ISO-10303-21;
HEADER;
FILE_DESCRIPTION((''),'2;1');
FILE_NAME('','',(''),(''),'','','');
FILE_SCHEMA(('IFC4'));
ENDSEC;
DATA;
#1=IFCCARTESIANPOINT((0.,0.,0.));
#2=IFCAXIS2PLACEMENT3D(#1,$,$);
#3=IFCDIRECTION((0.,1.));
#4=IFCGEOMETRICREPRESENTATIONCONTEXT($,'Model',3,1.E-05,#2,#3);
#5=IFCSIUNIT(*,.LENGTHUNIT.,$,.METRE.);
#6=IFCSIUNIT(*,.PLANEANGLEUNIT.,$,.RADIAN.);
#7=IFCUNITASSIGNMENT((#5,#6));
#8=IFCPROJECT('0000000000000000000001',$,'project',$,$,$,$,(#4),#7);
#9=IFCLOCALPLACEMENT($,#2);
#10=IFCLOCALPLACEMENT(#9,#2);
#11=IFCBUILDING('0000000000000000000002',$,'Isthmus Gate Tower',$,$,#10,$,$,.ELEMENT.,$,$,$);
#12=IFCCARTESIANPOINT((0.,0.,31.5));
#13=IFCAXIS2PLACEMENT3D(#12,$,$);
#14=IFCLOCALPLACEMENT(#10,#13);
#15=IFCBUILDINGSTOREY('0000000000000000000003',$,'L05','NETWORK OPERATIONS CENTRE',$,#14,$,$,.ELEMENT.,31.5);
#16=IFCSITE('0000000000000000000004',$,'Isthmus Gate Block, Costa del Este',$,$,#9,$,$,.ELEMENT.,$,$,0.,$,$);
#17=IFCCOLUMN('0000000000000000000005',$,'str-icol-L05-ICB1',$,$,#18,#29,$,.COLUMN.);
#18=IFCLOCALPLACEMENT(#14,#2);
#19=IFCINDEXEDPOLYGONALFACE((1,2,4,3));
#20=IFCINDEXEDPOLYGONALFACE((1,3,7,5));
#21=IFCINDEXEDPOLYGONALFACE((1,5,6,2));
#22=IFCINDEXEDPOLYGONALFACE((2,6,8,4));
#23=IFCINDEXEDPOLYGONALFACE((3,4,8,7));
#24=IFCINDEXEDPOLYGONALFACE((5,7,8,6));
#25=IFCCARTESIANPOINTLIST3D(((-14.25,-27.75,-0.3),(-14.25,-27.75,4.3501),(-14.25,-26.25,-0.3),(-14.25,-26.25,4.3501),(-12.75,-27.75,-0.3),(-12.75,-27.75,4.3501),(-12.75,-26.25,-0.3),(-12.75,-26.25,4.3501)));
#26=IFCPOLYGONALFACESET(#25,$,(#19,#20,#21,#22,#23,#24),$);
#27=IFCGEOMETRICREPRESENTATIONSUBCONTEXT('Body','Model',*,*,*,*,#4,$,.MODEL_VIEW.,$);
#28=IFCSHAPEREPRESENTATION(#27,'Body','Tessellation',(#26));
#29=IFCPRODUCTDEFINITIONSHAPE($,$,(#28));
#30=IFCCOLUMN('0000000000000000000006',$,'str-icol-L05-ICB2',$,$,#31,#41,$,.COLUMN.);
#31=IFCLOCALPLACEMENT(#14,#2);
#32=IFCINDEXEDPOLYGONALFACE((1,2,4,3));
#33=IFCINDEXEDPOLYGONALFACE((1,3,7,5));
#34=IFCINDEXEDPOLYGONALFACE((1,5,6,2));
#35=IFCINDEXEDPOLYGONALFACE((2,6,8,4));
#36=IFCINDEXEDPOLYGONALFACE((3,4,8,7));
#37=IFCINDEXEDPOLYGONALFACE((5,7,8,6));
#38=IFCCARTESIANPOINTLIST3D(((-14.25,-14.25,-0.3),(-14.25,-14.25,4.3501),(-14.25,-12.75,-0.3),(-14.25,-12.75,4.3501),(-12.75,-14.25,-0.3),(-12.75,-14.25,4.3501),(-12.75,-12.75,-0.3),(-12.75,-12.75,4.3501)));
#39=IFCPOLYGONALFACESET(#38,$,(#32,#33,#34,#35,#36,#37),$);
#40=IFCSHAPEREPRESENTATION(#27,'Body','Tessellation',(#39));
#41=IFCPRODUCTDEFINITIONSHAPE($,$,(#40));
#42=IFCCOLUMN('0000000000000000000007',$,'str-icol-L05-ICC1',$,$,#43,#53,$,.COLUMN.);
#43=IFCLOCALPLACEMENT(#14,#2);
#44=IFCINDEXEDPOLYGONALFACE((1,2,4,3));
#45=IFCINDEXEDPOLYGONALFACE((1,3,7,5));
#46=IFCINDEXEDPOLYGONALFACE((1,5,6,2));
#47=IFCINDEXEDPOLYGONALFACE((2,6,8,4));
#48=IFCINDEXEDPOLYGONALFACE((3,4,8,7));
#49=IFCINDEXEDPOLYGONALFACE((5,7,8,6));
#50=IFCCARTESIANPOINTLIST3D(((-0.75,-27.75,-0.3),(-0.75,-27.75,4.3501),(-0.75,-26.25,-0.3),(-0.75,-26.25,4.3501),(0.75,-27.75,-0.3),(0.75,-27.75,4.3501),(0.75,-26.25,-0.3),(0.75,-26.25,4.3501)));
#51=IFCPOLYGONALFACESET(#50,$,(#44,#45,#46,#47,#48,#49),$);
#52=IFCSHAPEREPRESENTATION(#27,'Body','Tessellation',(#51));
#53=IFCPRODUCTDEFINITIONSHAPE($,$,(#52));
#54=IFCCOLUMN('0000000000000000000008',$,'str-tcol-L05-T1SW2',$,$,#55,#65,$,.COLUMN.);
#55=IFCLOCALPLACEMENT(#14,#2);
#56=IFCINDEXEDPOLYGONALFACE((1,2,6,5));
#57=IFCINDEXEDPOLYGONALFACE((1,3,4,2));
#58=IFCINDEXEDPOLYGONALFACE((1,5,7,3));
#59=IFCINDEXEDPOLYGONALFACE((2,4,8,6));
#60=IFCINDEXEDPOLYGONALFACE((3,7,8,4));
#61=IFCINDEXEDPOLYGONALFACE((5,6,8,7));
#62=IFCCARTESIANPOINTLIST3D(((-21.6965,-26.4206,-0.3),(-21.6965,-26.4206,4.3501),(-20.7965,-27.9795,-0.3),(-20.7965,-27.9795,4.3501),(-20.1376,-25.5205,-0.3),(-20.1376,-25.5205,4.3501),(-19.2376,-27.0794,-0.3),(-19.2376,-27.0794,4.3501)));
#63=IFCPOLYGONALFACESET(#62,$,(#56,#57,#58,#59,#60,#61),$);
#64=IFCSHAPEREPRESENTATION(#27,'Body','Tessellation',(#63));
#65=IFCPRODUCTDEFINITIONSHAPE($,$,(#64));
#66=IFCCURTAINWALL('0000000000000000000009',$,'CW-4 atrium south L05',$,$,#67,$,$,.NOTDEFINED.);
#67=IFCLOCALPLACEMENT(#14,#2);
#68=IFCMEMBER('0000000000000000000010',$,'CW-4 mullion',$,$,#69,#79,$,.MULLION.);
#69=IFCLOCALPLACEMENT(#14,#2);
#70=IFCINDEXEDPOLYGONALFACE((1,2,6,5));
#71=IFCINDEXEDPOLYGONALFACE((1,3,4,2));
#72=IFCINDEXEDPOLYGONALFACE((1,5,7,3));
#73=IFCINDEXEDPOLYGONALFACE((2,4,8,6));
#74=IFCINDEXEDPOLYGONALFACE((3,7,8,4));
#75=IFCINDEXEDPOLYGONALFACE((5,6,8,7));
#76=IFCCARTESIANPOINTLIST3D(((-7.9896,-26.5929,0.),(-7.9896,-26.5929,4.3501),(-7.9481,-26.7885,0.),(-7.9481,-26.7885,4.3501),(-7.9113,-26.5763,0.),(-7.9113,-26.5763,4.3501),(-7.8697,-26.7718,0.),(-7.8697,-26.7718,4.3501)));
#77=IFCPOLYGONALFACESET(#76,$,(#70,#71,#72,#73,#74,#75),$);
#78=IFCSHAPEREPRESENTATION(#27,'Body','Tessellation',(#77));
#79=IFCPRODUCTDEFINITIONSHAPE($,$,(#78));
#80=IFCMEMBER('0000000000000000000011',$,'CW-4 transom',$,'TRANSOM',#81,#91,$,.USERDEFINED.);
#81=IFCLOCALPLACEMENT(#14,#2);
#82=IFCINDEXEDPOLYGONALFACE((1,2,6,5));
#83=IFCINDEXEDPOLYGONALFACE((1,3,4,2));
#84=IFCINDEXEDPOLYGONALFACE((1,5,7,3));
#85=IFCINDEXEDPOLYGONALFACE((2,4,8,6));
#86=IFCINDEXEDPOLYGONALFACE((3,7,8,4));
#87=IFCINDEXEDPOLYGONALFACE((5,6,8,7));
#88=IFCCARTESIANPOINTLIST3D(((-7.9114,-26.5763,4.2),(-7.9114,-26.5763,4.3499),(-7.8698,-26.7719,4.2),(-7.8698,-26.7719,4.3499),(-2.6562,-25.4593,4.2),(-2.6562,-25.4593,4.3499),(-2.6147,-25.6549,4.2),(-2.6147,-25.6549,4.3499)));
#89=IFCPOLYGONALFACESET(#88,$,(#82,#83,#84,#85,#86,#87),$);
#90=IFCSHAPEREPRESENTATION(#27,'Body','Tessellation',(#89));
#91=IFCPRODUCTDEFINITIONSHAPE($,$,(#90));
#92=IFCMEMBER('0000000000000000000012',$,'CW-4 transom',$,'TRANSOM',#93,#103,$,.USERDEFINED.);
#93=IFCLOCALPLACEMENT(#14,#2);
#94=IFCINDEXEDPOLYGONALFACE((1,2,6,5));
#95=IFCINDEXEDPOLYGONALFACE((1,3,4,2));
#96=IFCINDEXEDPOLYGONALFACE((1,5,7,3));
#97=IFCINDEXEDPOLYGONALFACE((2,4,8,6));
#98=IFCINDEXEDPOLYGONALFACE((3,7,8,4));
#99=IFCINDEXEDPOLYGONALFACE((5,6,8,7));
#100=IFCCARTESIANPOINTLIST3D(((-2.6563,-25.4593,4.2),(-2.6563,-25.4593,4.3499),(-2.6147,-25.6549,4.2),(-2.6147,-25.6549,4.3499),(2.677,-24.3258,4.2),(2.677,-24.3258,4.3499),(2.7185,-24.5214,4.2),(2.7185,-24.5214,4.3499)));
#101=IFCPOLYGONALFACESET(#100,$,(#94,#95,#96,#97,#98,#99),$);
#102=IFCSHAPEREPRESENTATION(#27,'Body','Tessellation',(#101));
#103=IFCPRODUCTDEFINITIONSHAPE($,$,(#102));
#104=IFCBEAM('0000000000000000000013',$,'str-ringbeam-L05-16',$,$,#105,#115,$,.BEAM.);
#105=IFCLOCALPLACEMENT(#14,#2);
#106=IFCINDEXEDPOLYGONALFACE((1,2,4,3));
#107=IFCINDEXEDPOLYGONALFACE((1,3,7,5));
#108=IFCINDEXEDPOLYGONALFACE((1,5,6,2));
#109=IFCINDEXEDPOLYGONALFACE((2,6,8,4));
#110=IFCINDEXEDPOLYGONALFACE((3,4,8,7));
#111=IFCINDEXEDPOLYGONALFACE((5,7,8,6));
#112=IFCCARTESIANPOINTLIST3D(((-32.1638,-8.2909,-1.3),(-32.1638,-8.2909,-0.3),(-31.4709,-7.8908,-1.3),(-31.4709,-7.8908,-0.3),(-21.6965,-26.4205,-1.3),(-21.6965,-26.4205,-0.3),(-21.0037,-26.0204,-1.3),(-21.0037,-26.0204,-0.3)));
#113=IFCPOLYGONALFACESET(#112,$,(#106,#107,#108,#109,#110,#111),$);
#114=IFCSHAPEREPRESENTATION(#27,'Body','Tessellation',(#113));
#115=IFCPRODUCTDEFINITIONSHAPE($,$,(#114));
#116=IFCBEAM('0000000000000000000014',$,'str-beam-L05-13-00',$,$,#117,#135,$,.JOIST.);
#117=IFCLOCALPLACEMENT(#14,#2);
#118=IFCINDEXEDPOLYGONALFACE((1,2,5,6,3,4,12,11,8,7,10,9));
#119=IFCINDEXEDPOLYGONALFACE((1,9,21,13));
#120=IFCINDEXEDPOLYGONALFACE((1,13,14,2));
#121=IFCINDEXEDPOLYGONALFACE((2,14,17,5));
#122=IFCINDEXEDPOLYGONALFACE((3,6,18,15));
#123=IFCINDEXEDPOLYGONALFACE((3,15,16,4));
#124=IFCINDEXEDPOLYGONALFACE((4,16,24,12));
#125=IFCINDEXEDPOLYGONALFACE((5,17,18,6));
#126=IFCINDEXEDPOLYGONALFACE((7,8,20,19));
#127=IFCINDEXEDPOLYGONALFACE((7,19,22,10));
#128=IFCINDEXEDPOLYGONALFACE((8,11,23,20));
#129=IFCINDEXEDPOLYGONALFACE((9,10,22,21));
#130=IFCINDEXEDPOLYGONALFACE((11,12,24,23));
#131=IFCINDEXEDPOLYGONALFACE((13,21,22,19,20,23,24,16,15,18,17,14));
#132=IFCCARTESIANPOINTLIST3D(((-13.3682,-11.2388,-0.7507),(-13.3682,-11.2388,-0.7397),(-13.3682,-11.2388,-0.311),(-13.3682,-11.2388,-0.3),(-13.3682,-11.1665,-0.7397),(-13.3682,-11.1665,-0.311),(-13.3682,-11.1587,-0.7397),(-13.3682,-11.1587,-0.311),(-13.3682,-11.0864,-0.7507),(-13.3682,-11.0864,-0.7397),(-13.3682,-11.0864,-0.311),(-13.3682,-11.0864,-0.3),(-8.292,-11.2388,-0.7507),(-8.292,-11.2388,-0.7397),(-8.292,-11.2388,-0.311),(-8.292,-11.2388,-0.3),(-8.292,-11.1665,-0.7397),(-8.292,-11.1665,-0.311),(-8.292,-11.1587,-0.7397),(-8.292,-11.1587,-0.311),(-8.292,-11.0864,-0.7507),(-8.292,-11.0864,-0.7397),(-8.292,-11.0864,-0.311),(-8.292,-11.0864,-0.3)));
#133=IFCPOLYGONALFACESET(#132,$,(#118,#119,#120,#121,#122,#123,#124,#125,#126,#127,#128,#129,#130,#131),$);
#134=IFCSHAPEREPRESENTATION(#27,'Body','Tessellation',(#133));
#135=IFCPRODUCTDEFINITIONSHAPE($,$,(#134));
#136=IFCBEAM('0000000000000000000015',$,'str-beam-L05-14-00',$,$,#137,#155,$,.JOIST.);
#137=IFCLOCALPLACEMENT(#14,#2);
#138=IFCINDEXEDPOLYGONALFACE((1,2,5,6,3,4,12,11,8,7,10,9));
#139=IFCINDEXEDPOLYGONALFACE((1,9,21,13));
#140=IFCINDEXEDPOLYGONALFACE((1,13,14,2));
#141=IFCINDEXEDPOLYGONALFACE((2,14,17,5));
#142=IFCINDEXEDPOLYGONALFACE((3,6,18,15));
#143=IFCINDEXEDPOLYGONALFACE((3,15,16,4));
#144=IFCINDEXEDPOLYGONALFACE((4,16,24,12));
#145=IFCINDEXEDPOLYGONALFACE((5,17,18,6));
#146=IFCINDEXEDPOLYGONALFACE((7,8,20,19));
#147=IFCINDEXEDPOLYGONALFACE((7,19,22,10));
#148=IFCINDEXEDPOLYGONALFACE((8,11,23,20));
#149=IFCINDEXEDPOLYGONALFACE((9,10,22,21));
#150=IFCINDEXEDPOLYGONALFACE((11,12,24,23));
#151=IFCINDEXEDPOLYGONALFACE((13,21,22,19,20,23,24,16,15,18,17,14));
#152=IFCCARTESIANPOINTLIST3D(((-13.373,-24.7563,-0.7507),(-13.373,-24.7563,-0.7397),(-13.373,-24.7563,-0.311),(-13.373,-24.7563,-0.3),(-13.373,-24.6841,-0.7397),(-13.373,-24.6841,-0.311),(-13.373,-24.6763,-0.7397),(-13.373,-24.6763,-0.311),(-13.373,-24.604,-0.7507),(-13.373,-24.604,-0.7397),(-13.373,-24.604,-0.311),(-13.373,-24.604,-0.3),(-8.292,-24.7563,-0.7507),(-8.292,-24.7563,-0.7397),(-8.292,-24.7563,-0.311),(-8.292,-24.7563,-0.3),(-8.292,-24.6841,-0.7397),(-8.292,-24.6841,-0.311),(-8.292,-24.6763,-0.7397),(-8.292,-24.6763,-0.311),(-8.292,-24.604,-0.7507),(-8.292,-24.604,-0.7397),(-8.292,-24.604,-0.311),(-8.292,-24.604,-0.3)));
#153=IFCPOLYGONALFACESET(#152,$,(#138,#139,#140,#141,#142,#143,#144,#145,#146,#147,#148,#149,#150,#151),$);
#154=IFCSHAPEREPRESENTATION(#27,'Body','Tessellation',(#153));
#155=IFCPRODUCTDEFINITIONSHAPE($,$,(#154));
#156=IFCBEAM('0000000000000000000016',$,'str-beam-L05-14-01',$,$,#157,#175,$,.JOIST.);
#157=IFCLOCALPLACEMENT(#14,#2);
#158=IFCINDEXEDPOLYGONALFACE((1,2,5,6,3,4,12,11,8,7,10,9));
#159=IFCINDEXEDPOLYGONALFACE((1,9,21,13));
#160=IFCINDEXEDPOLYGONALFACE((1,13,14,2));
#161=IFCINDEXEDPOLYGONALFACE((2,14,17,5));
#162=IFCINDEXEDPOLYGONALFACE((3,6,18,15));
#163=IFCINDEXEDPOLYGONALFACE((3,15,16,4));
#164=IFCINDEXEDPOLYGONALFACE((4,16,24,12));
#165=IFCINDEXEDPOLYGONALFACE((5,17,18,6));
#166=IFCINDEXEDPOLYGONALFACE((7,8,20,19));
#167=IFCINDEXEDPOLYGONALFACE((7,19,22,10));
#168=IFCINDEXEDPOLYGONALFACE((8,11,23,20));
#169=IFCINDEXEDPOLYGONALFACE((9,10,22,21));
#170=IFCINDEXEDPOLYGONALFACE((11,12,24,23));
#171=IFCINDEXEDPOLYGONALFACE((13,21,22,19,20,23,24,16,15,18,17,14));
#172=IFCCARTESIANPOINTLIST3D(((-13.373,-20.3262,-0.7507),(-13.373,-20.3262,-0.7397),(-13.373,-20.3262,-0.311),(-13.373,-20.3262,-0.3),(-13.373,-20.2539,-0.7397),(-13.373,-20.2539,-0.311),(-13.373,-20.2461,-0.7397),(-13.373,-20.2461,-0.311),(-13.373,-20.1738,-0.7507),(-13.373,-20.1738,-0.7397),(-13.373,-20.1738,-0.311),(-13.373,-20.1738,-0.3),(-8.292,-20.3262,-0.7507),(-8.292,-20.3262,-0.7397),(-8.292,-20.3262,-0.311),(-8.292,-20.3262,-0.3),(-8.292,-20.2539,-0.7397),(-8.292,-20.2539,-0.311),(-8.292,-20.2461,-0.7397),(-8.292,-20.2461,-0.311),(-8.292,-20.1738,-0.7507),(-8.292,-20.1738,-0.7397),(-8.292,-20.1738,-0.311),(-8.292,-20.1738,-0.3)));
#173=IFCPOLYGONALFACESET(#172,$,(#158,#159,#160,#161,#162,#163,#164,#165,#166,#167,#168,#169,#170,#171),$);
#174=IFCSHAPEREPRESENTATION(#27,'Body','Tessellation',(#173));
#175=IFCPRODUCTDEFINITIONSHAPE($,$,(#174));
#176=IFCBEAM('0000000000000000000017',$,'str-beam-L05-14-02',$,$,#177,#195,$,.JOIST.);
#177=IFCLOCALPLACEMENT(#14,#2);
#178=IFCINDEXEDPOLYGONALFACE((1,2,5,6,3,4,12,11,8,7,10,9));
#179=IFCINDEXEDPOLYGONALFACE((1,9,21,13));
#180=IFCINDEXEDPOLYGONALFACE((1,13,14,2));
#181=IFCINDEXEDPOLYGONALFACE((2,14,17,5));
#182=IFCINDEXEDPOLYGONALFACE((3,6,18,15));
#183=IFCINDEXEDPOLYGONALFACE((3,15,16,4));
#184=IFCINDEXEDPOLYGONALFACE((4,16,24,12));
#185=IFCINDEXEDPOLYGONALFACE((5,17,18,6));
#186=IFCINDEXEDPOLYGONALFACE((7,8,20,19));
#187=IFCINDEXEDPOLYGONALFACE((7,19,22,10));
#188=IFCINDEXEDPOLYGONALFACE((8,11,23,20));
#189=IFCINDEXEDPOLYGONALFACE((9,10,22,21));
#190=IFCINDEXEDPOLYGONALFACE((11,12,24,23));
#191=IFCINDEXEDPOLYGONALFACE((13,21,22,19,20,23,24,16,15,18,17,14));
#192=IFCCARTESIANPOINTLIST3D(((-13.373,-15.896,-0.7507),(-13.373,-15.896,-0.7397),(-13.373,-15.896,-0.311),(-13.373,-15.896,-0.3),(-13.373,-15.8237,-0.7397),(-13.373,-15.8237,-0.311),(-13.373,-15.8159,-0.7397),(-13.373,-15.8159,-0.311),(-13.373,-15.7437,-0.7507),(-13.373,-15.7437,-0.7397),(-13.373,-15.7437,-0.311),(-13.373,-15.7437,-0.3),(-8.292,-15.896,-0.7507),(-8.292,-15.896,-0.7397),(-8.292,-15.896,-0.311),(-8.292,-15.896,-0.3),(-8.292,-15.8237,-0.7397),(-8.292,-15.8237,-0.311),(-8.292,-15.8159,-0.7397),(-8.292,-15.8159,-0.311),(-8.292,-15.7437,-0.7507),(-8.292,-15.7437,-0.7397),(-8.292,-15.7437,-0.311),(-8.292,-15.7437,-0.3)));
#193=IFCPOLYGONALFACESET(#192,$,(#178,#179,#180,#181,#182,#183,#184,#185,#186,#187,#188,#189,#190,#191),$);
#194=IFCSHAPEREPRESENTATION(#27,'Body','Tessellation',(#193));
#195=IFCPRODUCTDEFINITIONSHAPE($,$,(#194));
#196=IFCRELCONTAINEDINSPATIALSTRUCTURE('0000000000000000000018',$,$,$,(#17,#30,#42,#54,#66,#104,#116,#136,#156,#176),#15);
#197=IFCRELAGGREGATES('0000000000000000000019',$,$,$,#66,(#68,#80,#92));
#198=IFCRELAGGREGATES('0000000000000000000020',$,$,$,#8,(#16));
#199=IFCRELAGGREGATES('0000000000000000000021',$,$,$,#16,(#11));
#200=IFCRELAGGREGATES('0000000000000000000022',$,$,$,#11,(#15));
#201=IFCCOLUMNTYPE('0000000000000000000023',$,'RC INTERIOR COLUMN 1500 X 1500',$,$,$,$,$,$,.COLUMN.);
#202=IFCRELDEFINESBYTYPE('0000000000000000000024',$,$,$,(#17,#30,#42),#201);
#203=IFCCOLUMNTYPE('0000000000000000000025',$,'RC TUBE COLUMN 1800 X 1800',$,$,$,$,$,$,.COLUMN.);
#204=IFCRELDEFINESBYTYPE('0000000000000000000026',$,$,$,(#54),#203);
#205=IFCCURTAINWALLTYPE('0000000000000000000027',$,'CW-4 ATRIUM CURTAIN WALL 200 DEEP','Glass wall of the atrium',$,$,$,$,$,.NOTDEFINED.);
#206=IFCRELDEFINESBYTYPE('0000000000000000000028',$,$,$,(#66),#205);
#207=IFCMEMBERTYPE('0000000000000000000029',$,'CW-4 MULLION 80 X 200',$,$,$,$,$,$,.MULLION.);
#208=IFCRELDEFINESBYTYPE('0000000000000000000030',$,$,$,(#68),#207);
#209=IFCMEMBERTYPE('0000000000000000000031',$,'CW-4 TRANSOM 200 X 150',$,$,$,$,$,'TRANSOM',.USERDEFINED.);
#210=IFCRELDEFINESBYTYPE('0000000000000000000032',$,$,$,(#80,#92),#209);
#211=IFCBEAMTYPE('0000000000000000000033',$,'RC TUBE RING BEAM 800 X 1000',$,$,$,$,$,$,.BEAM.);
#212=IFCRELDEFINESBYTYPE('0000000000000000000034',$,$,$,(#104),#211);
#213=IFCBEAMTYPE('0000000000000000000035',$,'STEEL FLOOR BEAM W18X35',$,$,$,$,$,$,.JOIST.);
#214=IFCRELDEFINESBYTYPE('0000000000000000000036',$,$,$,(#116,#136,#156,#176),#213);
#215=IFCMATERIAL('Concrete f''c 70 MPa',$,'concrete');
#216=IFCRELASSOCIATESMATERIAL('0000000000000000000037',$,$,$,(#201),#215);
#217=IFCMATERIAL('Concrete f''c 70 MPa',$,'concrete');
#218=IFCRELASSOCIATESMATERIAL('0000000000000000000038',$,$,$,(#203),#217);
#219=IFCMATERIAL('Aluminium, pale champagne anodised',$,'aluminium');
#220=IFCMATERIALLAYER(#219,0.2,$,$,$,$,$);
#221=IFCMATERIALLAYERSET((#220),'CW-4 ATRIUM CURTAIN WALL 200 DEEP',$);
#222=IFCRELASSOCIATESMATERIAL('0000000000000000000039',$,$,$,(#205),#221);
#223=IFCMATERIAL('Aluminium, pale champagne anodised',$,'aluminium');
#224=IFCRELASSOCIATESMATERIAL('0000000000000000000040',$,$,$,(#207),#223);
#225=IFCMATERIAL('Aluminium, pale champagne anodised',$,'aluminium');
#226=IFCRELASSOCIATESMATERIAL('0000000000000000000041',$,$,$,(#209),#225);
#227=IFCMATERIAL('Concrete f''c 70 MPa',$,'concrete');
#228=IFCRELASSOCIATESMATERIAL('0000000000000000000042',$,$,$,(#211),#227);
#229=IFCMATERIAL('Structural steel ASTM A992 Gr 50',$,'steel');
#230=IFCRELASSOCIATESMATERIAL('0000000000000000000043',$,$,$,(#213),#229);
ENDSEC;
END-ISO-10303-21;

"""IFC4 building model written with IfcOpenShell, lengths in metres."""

from ifc_helpers import new_model, si_unit, direction, frame, origin, origin_2d, place, context, subcontext, project, spatial, rectangle, i_section, extrude, material, layer, layer_set, material_profile, profile_set, type_object, element, aggregate, save


model = new_model("IFC4")

# Units and contexts
model_context = context("Model", 3, precision=1e-05, world=origin(), true_north=direction((0.0, 1.0)))
body_context = subcontext(model_context, "Body", "Model", "MODEL_VIEW")
ifc_project = project(units=[si_unit("LENGTHUNIT", "METRE"), si_unit("PLANEANGLEUNIT", "RADIAN")], contexts=[model_context])

# Site, building, storey
site_placement = place(None, origin())
site = spatial("IfcSite", under=ifc_project, at=site_placement, Name="Isthmus Gate Block, Costa del Este", CompositionType="ELEMENT", RefElevation=0.0)
building_placement = place(site_placement, origin())
building = spatial("IfcBuilding", under=site, at=building_placement, Name="Isthmus Gate Tower", CompositionType="ELEMENT")
storey_placement = place(building_placement, frame((0.0, 0.0, 31.5)))
storey = spatial("IfcBuildingStorey", under=building, at=storey_placement, Name="L05", Description="NETWORK OPERATIONS CENTRE", CompositionType="ELEMENT", Elevation=31.5)

# Columns
ifc_material_1 = material(Name="Concrete f'c 70 MPa", Category="concrete")
ifc_material_profile_1 = material_profile(ifc_material_1, rectangle(XDim=1.5, YDim=1.5, at=origin_2d()), Name="RC 1500X1500")
ifc_profile_set_1 = profile_set([ifc_material_profile_1], Name="Concrete f'c 70 MPa")
column_type_1 = type_object("IfcColumnType", Name="RC INTERIOR COLUMN 1500 X 1500", PredefinedType="COLUMN", material=ifc_profile_set_1)
for number, where, z_axis, x_axis, name in (
    (1, (-13.5, -27.0, -0.3), (0.0, 0.0, 1.0), (1.0, 0.0, 0.0), "str-icol-L05-ICB1"),
    (2, (-13.5, -13.5, -0.3), (0.0, 0.0, 1.0), (1.0, 0.0, 0.0), "str-icol-L05-ICB2"),
    (3, (0.0, -27.0, -0.3), (0.0, 0.0, 1.0), (1.0, 0.0, 0.0), "str-icol-L05-ICC1"),
):
    element("IfcColumn", number, at=place(storey_placement, frame(where, z_axis=z_axis, x_axis=x_axis)), inside=storey, type_object=column_type_1, Name=name, PredefinedType="COLUMN", context=body_context, shape_type="SweptSolid", body=[
        extrude(rectangle(XDim=1.5, YDim=1.5, at=origin_2d()), origin(), (0.0, 0.0, 1.0), 4.6501),
    ])
ifc_material_2 = material(Name="Concrete f'c 70 MPa", Category="concrete")
ifc_material_profile_2 = material_profile(ifc_material_2, rectangle(XDim=1.8, YDim=1.8, at=origin_2d()), Name="RC 1800X1800")
ifc_profile_set_2 = profile_set([ifc_material_profile_2], Name="Concrete f'c 70 MPa")
column_type_2 = type_object("IfcColumnType", Name="RC TUBE COLUMN 1800 X 1800", PredefinedType="COLUMN", material=ifc_profile_set_2)
column_placement = place(storey_placement, frame((-20.467, -26.75, -0.3), z_axis=(0.0, 0.0, 1.0), x_axis=(0.5, -0.866025, 0.0)))
element("IfcColumn", 4, at=column_placement, inside=storey, type_object=column_type_2, Name="str-tcol-L05-T1SW2", PredefinedType="COLUMN", context=body_context, shape_type="SweptSolid", body=[
    extrude(rectangle(XDim=1.8, YDim=1.8, at=origin_2d()), origin(), (0.0, 0.0, 1.0), 4.6501),
])

# Curtain wall, members
ifc_material_3 = material(Name="Aluminium, pale champagne anodised", Category="aluminium")
ifc_layer_1 = layer(ifc_material_3, 0.2)
ifc_layer_set_1 = layer_set([ifc_layer_1], Name="CW-4 ATRIUM CURTAIN WALL 200 DEEP")
curtain_wall_type = type_object("IfcCurtainWallType", Name="CW-4 ATRIUM CURTAIN WALL 200 DEEP", Description="Glass wall of the atrium", PredefinedType="NOTDEFINED", material=ifc_layer_set_1)
curtain_wall_placement = place(storey_placement, origin())
curtain_wall = element("IfcCurtainWall", 5, at=curtain_wall_placement, inside=storey, type_object=curtain_wall_type, Name="CW-4 atrium south L05", PredefinedType="NOTDEFINED")
ifc_material_4 = material(Name="Aluminium, pale champagne anodised", Category="aluminium")
ifc_material_profile_3 = material_profile(ifc_material_4, rectangle(XDim=0.0801, YDim=0.2, at=origin_2d()), Name="80x200")
ifc_profile_set_3 = profile_set([ifc_material_profile_3], Name="Aluminium, pale champagne anodised")
member_type_1 = type_object("IfcMemberType", Name="CW-4 MULLION 80 X 200", PredefinedType="MULLION", material=ifc_profile_set_3)
member_1_placement = place(storey_placement, frame((-7.9297, -26.6824, 0.0), z_axis=(0.0, 0.0, 1.0), x_axis=(0.978148, 0.207912, 0.0)))
member_1 = element("IfcMember", 6, at=member_1_placement, type_object=member_type_1, Name="CW-4 mullion", PredefinedType="MULLION", context=body_context, shape_type="SweptSolid", body=[
    extrude(rectangle(XDim=0.0801, YDim=0.2, at=origin_2d()), origin(), (0.0, 0.0, 1.0), 4.3501),
])
ifc_material_5 = material(Name="Aluminium, pale champagne anodised", Category="aluminium")
ifc_material_profile_4 = material_profile(ifc_material_5, rectangle(XDim=0.2, YDim=0.1499, at=origin_2d()), Name="200x150")
ifc_profile_set_4 = profile_set([ifc_material_profile_4], Name="Aluminium, pale champagne anodised")
member_type_2 = type_object("IfcMemberType", Name="CW-4 TRANSOM 200 X 150", ElementType="TRANSOM", PredefinedType="USERDEFINED", material=ifc_profile_set_4)
member_2_placement = place(storey_placement, frame((-7.8906, -26.6741, 4.2749), z_axis=(0.97815, 0.2079, 0.0), x_axis=(-0.2079, 0.97815, 0.0)))
member_2 = element("IfcMember", 7, at=member_2_placement, type_object=member_type_2, Name="CW-4 transom", ObjectType="TRANSOM", PredefinedType="USERDEFINED", context=body_context, shape_type="SweptSolid", body=[
    extrude(rectangle(XDim=0.2, YDim=0.1499, at=origin_2d()), origin(), (0.0, 0.0, 1.0), 5.3726),
])
member_3_placement = place(storey_placement, frame((-2.6355, -25.5571, 4.2749), z_axis=(0.97815, 0.207899, 0.0), x_axis=(-0.207899, 0.97815, 0.0)))
member_3 = element("IfcMember", 8, at=member_3_placement, type_object=member_type_2, Name="CW-4 transom", ObjectType="TRANSOM", PredefinedType="USERDEFINED", context=body_context, shape_type="SweptSolid", body=[
    extrude(rectangle(XDim=0.2, YDim=0.1499, at=origin_2d()), origin(), (0.0, 0.0, 1.0), 5.4524),
])

# Beams
ifc_material_6 = material(Name="Concrete f'c 70 MPa", Category="concrete")
ifc_material_profile_5 = material_profile(ifc_material_6, rectangle(XDim=0.8, YDim=1.0, at=origin_2d()), Name="RC 800X1000")
ifc_profile_set_5 = profile_set([ifc_material_profile_5], Name="Concrete f'c 70 MPa")
beam_type_1 = type_object("IfcBeamType", Name="RC TUBE RING BEAM 800 X 1000", PredefinedType="BEAM", material=ifc_profile_set_5)
beam_1_placement = place(storey_placement, frame((-21.3501, -26.2205, -0.8), z_axis=(-0.500005, 0.866023, 0.0), x_axis=(-0.866023, -0.500005, 0.0)))
element("IfcBeam", 9, at=beam_1_placement, inside=storey, type_object=beam_type_1, Name="str-ringbeam-L05-16", PredefinedType="BEAM", context=body_context, shape_type="SweptSolid", body=[
    extrude(rectangle(XDim=0.8, YDim=1.0, at=origin_2d()), origin(), (0.0, 0.0, 1.0), 20.9343),
])
ifc_material_7 = material(Name="Structural steel ASTM A992 Gr 50", Category="steel")
ifc_material_profile_6 = material_profile(ifc_material_7, i_section(OverallWidth=0.1523, OverallDepth=0.4507, WebThickness=0.0078, FlangeThickness=0.011, at=origin_2d()), Name="W18X35")
ifc_profile_set_6 = profile_set([ifc_material_profile_6], Name="Structural steel ASTM A992 Gr 50")
beam_type_2 = type_object("IfcBeamType", Name="STEEL FLOOR BEAM W18X35", PredefinedType="JOIST", material=ifc_profile_set_6)
beam_2_placement = place(storey_placement, frame((-13.3682, -11.1626, -0.5254), z_axis=(1.0, 0.0, 0.0), x_axis=(0.0, 1.0, 0.0)))
element("IfcBeam", 10, at=beam_2_placement, inside=storey, type_object=beam_type_2, Name="str-beam-L05-13-00", PredefinedType="JOIST", context=body_context, shape_type="SweptSolid", body=[
    extrude(i_section(OverallWidth=0.1523, OverallDepth=0.4507, WebThickness=0.0078, FlangeThickness=0.011, at=origin_2d()), origin(), (0.0, 0.0, 1.0), 5.0762),
])
for number, where, z_axis, x_axis, name in (
    (11, (-13.373, -24.6802, -0.5254), (1.0, 0.0, 0.0), (0.0, 1.0, 0.0), "str-beam-L05-14-00"),
    (12, (-13.373, -20.25, -0.5254), (1.0, 0.0, 0.0), (0.0, 1.0, 0.0), "str-beam-L05-14-01"),
    (13, (-13.373, -15.8198, -0.5254), (1.0, 0.0, 0.0), (0.0, 1.0, 0.0), "str-beam-L05-14-02"),
):
    element("IfcBeam", number, at=place(storey_placement, frame(where, z_axis=z_axis, x_axis=x_axis)), inside=storey, type_object=beam_type_2, Name=name, PredefinedType="JOIST", context=body_context, shape_type="SweptSolid", body=[
        extrude(i_section(OverallWidth=0.1523, OverallDepth=0.4507, WebThickness=0.0078, FlangeThickness=0.011, at=origin_2d()), origin(), (0.0, 0.0, 1.0), 5.0811),
    ])

aggregate(curtain_wall, [member_1, member_2, member_3])

save(model, "model.ifc")
